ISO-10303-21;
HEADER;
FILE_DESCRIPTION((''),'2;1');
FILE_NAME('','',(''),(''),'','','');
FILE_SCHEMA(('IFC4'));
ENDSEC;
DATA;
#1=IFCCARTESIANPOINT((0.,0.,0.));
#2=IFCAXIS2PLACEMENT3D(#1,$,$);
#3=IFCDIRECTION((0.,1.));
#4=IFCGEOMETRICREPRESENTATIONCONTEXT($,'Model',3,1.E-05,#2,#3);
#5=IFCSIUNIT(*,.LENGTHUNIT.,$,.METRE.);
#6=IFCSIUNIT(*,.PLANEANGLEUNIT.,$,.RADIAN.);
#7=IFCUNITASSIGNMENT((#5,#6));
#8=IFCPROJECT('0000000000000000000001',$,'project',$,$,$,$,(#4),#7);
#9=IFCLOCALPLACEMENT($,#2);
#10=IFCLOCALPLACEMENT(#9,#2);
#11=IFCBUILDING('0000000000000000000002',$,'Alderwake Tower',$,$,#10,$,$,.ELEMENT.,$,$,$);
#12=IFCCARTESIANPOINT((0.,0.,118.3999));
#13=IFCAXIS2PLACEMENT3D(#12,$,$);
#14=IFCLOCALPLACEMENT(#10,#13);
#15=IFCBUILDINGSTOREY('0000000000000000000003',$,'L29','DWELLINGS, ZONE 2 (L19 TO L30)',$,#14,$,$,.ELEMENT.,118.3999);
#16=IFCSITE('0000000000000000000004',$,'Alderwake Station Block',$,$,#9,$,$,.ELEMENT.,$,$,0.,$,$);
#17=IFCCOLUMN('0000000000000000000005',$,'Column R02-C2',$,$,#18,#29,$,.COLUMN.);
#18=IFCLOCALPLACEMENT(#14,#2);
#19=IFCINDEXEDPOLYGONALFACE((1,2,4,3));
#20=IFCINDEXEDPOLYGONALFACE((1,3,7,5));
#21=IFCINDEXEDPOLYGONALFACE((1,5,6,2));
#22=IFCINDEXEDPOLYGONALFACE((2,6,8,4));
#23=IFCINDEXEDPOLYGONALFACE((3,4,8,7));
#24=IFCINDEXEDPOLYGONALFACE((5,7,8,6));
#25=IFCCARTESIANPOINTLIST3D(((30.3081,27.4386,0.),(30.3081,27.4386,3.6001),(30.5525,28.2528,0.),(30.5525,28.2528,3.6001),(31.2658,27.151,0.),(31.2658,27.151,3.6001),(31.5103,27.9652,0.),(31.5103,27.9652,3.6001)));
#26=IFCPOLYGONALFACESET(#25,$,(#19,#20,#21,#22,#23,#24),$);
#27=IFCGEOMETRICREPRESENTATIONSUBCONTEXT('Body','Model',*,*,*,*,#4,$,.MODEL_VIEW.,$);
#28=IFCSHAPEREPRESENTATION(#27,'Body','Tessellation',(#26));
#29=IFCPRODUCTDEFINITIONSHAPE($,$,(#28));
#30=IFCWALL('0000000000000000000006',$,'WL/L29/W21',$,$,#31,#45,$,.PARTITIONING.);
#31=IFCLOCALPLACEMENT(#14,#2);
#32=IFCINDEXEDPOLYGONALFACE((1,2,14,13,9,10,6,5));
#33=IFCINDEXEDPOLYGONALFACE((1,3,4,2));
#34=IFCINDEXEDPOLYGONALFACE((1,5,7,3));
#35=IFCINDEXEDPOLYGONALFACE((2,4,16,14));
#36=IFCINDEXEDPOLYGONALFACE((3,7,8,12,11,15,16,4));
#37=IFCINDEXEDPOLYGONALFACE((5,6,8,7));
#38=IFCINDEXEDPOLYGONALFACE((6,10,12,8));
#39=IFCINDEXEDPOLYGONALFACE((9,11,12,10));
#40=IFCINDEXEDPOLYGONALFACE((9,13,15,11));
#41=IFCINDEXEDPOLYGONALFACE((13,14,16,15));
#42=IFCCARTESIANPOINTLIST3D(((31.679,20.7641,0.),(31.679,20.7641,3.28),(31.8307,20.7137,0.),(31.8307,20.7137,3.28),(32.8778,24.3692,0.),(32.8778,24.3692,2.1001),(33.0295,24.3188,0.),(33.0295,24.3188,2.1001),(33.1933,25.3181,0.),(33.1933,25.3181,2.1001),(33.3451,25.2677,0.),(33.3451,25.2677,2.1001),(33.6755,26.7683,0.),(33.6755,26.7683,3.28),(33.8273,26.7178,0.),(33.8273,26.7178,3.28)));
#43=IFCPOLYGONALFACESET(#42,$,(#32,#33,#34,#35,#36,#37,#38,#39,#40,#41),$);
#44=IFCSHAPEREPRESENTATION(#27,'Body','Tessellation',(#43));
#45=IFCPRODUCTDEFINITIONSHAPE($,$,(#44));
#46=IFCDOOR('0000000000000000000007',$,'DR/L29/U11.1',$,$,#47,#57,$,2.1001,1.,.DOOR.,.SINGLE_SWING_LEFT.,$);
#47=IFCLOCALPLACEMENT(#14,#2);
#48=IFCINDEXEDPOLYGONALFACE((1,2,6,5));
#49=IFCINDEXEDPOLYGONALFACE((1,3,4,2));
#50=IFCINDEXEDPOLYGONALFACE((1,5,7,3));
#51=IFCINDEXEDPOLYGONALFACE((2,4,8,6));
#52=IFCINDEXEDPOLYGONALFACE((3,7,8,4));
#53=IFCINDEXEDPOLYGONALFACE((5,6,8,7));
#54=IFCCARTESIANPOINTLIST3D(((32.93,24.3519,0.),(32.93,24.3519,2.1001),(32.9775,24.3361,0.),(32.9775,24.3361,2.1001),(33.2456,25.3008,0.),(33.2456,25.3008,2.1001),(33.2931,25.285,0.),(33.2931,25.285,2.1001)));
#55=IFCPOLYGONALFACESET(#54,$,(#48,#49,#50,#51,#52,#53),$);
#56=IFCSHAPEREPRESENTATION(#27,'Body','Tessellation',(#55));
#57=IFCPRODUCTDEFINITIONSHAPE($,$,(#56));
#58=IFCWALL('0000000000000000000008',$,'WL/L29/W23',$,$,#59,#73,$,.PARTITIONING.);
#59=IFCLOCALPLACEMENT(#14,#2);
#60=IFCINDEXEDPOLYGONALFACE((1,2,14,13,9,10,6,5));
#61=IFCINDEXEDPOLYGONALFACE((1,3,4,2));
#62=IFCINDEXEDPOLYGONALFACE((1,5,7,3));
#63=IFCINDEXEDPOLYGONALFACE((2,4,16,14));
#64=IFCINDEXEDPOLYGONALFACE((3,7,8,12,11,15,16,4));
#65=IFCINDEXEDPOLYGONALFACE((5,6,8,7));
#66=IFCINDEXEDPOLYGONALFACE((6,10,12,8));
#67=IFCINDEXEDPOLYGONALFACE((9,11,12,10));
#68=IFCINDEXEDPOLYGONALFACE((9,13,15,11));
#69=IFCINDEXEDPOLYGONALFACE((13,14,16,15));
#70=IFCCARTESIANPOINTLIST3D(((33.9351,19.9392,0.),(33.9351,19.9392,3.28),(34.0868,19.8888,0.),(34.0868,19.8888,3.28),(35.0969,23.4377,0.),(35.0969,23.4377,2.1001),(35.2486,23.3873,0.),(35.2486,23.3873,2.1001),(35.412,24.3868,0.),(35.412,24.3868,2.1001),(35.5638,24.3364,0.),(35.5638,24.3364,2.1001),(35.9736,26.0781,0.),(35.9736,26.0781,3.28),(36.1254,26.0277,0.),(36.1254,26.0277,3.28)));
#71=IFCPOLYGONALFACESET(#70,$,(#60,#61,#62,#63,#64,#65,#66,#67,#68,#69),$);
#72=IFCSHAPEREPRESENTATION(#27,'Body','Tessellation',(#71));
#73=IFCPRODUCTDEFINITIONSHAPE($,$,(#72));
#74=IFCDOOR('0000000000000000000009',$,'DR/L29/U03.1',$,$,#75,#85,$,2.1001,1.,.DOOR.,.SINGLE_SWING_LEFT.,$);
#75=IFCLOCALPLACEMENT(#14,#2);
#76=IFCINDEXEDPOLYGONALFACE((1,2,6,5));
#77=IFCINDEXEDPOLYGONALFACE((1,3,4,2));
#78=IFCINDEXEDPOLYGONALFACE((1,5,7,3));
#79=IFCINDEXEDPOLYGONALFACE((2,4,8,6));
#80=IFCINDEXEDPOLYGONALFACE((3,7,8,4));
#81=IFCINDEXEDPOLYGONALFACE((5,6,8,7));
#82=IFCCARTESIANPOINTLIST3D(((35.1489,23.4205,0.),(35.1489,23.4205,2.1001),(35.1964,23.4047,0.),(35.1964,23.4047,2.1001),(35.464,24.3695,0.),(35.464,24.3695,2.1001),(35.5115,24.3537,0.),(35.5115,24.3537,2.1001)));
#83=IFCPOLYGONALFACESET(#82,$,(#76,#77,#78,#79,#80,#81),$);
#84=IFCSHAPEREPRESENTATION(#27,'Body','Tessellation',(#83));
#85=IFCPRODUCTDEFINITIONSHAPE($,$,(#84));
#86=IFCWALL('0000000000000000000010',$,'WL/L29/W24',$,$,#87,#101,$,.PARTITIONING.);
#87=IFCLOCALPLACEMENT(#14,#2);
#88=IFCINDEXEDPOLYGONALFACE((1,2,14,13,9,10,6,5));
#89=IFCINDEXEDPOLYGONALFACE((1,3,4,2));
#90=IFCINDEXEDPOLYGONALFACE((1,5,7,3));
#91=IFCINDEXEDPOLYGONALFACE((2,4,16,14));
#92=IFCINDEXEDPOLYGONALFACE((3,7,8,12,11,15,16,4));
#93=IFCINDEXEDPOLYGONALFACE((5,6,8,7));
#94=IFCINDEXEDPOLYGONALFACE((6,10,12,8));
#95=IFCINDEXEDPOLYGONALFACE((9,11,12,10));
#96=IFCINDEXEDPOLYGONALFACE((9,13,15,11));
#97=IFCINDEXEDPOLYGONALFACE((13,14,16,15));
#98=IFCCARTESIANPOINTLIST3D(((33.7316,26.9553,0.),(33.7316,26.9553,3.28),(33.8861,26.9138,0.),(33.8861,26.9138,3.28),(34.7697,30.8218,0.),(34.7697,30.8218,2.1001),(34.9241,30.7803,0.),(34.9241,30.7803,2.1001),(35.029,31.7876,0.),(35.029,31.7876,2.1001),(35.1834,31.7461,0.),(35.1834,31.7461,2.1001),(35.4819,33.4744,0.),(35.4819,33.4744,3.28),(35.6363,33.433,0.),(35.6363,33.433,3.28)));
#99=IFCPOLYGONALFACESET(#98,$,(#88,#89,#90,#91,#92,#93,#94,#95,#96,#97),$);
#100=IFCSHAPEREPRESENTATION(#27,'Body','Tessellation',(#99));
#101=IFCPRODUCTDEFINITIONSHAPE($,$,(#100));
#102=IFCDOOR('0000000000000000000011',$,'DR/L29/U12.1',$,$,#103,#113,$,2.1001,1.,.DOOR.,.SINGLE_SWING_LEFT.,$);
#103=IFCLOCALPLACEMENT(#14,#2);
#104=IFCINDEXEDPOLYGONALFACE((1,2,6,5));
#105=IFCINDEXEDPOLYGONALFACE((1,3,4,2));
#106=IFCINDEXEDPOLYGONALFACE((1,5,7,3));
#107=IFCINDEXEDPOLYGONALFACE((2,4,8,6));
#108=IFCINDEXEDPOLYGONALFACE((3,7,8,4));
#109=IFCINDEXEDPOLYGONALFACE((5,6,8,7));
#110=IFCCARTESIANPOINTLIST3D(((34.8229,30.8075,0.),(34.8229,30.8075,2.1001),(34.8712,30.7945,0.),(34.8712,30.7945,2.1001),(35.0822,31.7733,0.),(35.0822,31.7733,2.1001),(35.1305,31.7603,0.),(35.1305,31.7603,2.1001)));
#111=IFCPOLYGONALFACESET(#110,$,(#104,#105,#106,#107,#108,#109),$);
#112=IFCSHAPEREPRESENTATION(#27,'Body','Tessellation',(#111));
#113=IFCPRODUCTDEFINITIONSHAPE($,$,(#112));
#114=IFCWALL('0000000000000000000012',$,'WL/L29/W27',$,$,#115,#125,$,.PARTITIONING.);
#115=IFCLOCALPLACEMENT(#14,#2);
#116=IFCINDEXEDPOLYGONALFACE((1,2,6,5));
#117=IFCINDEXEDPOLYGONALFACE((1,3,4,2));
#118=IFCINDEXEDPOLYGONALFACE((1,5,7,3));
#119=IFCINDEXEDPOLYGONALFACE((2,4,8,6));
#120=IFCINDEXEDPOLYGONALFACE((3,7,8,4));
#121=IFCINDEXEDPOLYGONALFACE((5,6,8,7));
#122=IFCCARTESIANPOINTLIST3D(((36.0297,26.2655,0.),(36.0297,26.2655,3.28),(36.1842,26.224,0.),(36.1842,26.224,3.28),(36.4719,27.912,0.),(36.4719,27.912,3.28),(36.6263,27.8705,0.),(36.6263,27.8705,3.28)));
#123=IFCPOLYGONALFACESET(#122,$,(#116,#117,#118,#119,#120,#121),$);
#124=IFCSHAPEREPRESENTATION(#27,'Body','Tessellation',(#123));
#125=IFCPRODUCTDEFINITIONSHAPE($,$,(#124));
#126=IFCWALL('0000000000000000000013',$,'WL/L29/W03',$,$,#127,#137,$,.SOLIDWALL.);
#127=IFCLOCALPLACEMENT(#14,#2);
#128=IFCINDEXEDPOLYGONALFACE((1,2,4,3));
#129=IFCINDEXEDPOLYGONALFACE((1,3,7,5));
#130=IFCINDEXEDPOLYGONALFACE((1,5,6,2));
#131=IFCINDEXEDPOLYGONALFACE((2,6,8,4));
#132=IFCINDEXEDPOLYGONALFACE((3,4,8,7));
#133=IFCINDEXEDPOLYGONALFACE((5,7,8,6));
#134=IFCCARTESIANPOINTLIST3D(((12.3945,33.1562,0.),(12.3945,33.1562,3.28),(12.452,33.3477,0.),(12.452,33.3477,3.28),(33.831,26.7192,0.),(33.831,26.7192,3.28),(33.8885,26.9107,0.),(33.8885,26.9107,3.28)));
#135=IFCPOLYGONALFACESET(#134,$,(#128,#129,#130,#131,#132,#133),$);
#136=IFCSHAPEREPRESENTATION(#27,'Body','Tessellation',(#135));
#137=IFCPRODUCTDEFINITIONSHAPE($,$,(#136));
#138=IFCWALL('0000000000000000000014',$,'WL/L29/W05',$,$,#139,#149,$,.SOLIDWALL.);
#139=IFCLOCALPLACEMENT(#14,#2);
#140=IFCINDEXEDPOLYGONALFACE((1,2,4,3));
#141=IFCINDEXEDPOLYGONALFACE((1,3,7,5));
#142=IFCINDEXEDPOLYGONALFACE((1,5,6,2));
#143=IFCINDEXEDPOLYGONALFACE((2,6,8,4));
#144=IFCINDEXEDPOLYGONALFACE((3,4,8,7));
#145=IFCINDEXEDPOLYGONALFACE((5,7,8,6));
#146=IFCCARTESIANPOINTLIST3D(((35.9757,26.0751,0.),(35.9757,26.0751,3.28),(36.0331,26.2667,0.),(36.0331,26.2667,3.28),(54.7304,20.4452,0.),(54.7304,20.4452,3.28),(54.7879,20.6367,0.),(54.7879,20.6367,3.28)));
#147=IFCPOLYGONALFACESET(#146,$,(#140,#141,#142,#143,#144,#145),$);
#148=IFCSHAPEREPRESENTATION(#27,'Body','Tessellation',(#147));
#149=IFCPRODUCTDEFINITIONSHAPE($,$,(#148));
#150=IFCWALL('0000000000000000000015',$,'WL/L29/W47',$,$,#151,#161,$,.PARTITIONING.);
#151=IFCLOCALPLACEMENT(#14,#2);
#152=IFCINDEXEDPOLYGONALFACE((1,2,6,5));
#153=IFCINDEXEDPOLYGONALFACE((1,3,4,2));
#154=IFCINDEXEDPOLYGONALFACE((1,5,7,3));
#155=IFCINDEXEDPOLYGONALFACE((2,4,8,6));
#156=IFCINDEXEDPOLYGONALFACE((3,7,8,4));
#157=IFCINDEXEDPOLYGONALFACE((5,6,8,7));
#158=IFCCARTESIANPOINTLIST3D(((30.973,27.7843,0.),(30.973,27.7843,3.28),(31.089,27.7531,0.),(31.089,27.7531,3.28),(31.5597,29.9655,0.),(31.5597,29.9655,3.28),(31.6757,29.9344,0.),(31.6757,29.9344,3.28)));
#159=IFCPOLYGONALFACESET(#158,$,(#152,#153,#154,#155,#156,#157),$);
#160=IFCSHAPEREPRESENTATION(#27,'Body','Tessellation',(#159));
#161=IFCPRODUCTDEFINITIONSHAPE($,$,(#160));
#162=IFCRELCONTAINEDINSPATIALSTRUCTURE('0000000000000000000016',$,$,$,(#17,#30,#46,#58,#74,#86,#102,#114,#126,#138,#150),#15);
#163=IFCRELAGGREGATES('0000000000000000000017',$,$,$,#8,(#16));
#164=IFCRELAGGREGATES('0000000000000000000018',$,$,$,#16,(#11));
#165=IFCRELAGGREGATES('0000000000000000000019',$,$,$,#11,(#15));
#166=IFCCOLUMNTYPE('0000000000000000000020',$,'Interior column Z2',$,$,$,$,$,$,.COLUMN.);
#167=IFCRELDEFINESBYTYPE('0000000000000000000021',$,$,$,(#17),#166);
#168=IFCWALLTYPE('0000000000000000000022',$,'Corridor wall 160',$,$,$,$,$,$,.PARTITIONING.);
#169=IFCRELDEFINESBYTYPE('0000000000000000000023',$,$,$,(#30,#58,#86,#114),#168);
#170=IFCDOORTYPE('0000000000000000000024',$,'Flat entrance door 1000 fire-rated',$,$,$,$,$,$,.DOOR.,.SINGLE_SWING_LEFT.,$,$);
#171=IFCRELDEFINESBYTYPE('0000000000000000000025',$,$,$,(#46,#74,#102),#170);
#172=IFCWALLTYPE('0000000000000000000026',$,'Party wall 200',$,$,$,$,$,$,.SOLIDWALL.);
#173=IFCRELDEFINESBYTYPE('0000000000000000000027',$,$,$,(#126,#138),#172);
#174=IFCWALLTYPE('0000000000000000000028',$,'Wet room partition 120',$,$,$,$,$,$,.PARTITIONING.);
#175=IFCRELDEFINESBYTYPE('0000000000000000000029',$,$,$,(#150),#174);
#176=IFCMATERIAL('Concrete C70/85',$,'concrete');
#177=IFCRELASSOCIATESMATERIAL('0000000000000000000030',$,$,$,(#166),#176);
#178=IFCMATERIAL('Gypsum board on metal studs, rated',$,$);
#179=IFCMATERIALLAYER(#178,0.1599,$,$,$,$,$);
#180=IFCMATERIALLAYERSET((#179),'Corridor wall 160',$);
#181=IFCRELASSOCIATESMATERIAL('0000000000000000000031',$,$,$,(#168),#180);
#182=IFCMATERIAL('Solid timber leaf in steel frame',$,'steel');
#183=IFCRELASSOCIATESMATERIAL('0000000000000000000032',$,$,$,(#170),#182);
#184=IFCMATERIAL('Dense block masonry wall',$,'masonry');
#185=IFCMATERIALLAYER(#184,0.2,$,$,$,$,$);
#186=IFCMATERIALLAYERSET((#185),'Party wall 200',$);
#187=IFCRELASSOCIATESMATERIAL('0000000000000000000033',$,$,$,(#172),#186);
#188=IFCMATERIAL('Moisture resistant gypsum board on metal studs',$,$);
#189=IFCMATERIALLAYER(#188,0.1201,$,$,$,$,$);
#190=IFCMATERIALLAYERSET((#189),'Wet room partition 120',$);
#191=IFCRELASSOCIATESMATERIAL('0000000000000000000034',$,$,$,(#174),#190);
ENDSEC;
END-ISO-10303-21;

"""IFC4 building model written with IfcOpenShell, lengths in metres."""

from ifc_helpers import new_model, si_unit, direction, frame, frame_2d, origin, origin_2d, place, context, subcontext, project, spatial, rectangle, extrude, material, layer, layer_set, material_profile, profile_set, type_object, element, fill, save


model = new_model("IFC4")

# Units and contexts
model_context = context("Model", 3, precision=1e-05, world=origin(), true_north=direction((0.0, 1.0)))
body_context = subcontext(model_context, "Body", "Model", "MODEL_VIEW")
ifc_project = project(units=[si_unit("LENGTHUNIT", "METRE"), si_unit("PLANEANGLEUNIT", "RADIAN")], contexts=[model_context])

# Site, building, storey
site_placement = place(None, origin())
site = spatial("IfcSite", under=ifc_project, at=site_placement, Name="Alderwake Station Block", CompositionType="ELEMENT", RefElevation=0.0)
building_placement = place(site_placement, origin())
building = spatial("IfcBuilding", under=site, at=building_placement, Name="Alderwake Tower", CompositionType="ELEMENT")
storey_placement = place(building_placement, frame((0.0, 0.0, 118.3999)))
storey = spatial("IfcBuildingStorey", under=building, at=storey_placement, Name="L29", Description="DWELLINGS, ZONE 2 (L19 TO L30)", CompositionType="ELEMENT", Elevation=118.3999)

# Column
ifc_material_1 = material(Name="Concrete C70/85", Category="concrete")
ifc_material_profile = material_profile(ifc_material_1, rectangle(XDim=0.8501, YDim=1.0, at=origin_2d()), Name="RC 1000X850")
ifc_profile_set = profile_set([ifc_material_profile], Name="Concrete C70/85")
column_type = type_object("IfcColumnType", Name="Interior column Z2", PredefinedType="COLUMN", material=ifc_profile_set)
column_placement = place(storey_placement, frame((30.9092, 27.7019, 0.0), z_axis=(0.0, 0.0, 1.0), x_axis=(0.287549, 0.957766, 0.0)))
element("IfcColumn", 1, at=column_placement, inside=storey, type_object=column_type, Name="Column R02-C2", PredefinedType="COLUMN", context=body_context, shape_type="SweptSolid", body=[
    extrude(rectangle(XDim=0.8501, YDim=1.0, at=origin_2d()), origin(), (0.0, 0.0, 1.0), 3.6001),
])

# Walls, openings, doors
ifc_material_2 = material(Name="Gypsum board on metal studs, rated")
ifc_layer_1 = layer(ifc_material_2, 0.1599)
ifc_layer_set_1 = layer_set([ifc_layer_1], Name="Corridor wall 160")
wall_type_1 = type_object("IfcWallType", Name="Corridor wall 160", PredefinedType="PARTITIONING", material=ifc_layer_set_1)
wall_1_placement = place(storey_placement, frame((31.7549, 20.739, 0.0), z_axis=(0.0, 0.0, 1.0), x_axis=(0.315545, 0.948911, 0.0)))
wall_1 = element("IfcWall", 2, at=wall_1_placement, inside=storey, type_object=wall_type_1, Name="WL/L29/W21", PredefinedType="PARTITIONING", context=body_context, shape_type="SweptSolid", body=[
    extrude(rectangle(XDim=6.3274, YDim=0.1599, at=frame_2d((3.1636, 0.0))), origin(), (0.0, 0.0, 1.0), 3.28),
])
opening_1_placement = place(wall_1_placement, frame((3.7991, 0.0, 0.0)))
opening_1 = element("IfcOpeningElement", 3, at=opening_1_placement, cuts=wall_1, PredefinedType="OPENING", context=body_context, shape_type="SweptSolid", body=[
    extrude(rectangle(XDim=1.0, YDim=2.1001, at=frame_2d((0.5, 1.05))), frame((0.0, 0.0898, 0.0), z_axis=(0.0, -1.0, 0.0), x_axis=(1.0, 0.0, 0.0)), (0.0, 0.0, 1.0), 0.1799),
])
ifc_material_3 = material(Name="Solid timber leaf in steel frame", Category="steel")
door_type_1 = type_object("IfcDoorType", Name="Flat entrance door 1000 fire-rated", OperationType="SINGLE_SWING_LEFT", PredefinedType="DOOR", material=ifc_material_3)
door_1_placement = place(opening_1_placement, origin())
door_1 = element("IfcDoor", 4, at=door_1_placement, inside=storey, type_object=door_type_1, Name="DR/L29/U11.1", OperationType="SINGLE_SWING_LEFT", OverallHeight=2.1001, OverallWidth=1.0, PredefinedType="DOOR", context=body_context, shape_type="SweptSolid", body=[
    extrude(rectangle(XDim=1.0, YDim=2.1001, at=frame_2d((0.5, 1.05))), frame((0.0, 0.0249, 0.0), z_axis=(0.0, -1.0, 0.0), x_axis=(1.0, 0.0, 0.0)), (0.0, 0.0, 1.0), 0.05),
])
fill(opening_1, door_1)
wall_2_placement = place(storey_placement, frame((36.0496, 26.053, 0.0), z_axis=(0.0, 0.0, 1.0), x_axis=(-0.315152, -0.949041, 0.0)))
wall_2 = element("IfcWall", 5, at=wall_2_placement, inside=storey, type_object=wall_type_1, Name="WL/L29/W23", PredefinedType="PARTITIONING", context=body_context, shape_type="SweptSolid", body=[
    extrude(rectangle(XDim=6.4685, YDim=0.1599, at=frame_2d((3.2344, 0.0))), origin(), (0.0, 0.0, 1.0), 3.28),
])
opening_2_placement = place(wall_2_placement, frame((1.7822, 0.0, 0.0)))
opening_2 = element("IfcOpeningElement", 6, at=opening_2_placement, cuts=wall_2, PredefinedType="OPENING", context=body_context, shape_type="SweptSolid", body=[
    extrude(rectangle(XDim=1.0, YDim=2.1001, at=frame_2d((0.5, 1.05))), frame((0.0, 0.0898, 0.0), z_axis=(0.0, -1.0, 0.0), x_axis=(1.0, 0.0, 0.0)), (0.0, 0.0, 1.0), 0.1799),
])
door_2_placement = place(opening_2_placement, origin())
door_2 = element("IfcDoor", 7, at=door_2_placement, inside=storey, type_object=door_type_1, Name="DR/L29/U03.1", OperationType="SINGLE_SWING_LEFT", OverallHeight=2.1001, OverallWidth=1.0, PredefinedType="DOOR", context=body_context, shape_type="SweptSolid", body=[
    extrude(rectangle(XDim=1.0, YDim=2.1001, at=frame_2d((0.5, 1.05))), frame((0.0, 0.0249, 0.0), z_axis=(0.0, -1.0, 0.0), x_axis=(1.0, 0.0, 0.0)), (0.0, 0.0, 1.0), 0.05),
])
fill(opening_2, door_2)
wall_3_placement = place(storey_placement, frame((33.8088, 26.9346, 0.0), z_axis=(0.0, 0.0, 1.0), x_axis=(0.259299, 0.965797, 0.0)))
wall_3 = element("IfcWall", 8, at=wall_3_placement, inside=storey, type_object=wall_type_1, Name="WL/L29/W24", PredefinedType="PARTITIONING", context=body_context, shape_type="SweptSolid", body=[
    extrude(rectangle(XDim=6.75, YDim=0.1599, at=frame_2d((3.375, 0.0))), origin(), (0.0, 0.0, 1.0), 3.28),
])
opening_3_placement = place(wall_3_placement, frame((4.0034, 0.0, 0.0)))
opening_3 = element("IfcOpeningElement", 9, at=opening_3_placement, cuts=wall_3, PredefinedType="OPENING", context=body_context, shape_type="SweptSolid", body=[
    extrude(rectangle(XDim=1.0, YDim=2.1001, at=frame_2d((0.5, 1.05))), frame((0.0, 0.0898, 0.0), z_axis=(0.0, -1.0, 0.0), x_axis=(1.0, 0.0, 0.0)), (0.0, 0.0, 1.0), 0.1799),
])
door_3_placement = place(opening_3_placement, origin())
door_3 = element("IfcDoor", 10, at=door_3_placement, inside=storey, type_object=door_type_1, Name="DR/L29/U12.1", OperationType="SINGLE_SWING_LEFT", OverallHeight=2.1001, OverallWidth=1.0, PredefinedType="DOOR", context=body_context, shape_type="SweptSolid", body=[
    extrude(rectangle(XDim=1.0, YDim=2.1001, at=frame_2d((0.5, 1.05))), frame((0.0, 0.0249, 0.0), z_axis=(0.0, -1.0, 0.0), x_axis=(1.0, 0.0, 0.0)), (0.0, 0.0, 1.0), 0.05),
])
fill(opening_3, door_3)

# Walls
wall_4_placement = place(storey_placement, frame((36.1069, 26.2446, 0.0), z_axis=(0.0, 0.0, 1.0), x_axis=(0.259347, 0.965784, 0.0)))
element("IfcWall", 11, at=wall_4_placement, inside=storey, type_object=wall_type_1, Name="WL/L29/W27", PredefinedType="PARTITIONING", context=body_context, shape_type="SweptSolid", body=[
    extrude(rectangle(XDim=1.7048, YDim=0.1599, at=frame_2d((0.8525, 0.0))), origin(), (0.0, 0.0, 1.0), 3.28),
])
ifc_material_4 = material(Name="Dense block masonry wall", Category="masonry")
ifc_layer_2 = layer(ifc_material_4, 0.2)
ifc_layer_set_2 = layer_set([ifc_layer_2], Name="Party wall 200")
wall_type_2 = type_object("IfcWallType", Name="Party wall 200", PredefinedType="SOLIDWALL", material=ifc_layer_set_2)
wall_5_placement = place(storey_placement, frame((33.8596, 26.8149, 0.0), z_axis=(0.0, 0.0, 1.0), x_axis=(-0.957752, 0.287596, 0.0)))
element("IfcWall", 12, at=wall_5_placement, inside=storey, type_object=wall_type_2, Name="WL/L29/W03", PredefinedType="SOLIDWALL", context=body_context, shape_type="SweptSolid", body=[
    extrude(rectangle(XDim=22.3821, YDim=0.2, at=frame_2d((11.1909, 0.0))), origin(), (0.0, 0.0, 1.0), 3.28),
])
wall_6_placement = place(storey_placement, frame((36.0044, 26.1709, 0.0), z_axis=(0.0, 0.0, 1.0), x_axis=(0.957777, -0.287511, 0.0)))
element("IfcWall", 13, at=wall_6_placement, inside=storey, type_object=wall_type_2, Name="WL/L29/W05", PredefinedType="SOLIDWALL", context=body_context, shape_type="SweptSolid", body=[
    extrude(rectangle(XDim=19.5815, YDim=0.2, at=frame_2d((9.7908, 0.0))), origin(), (0.0, 0.0, 1.0), 3.28),
])
ifc_material_5 = material(Name="Moisture resistant gypsum board on metal studs")
ifc_layer_3 = layer(ifc_material_5, 0.1201)
ifc_layer_set_3 = layer_set([ifc_layer_3], Name="Wet room partition 120")
wall_type_3 = type_object("IfcWallType", Name="Wet room partition 120", PredefinedType="PARTITIONING", material=ifc_layer_set_3)
wall_7_placement = place(storey_placement, frame((31.6177, 29.95, 0.0), z_axis=(0.0, 0.0, 1.0), x_axis=(-0.259714, -0.965686, 0.0)))
element("IfcWall", 14, at=wall_7_placement, inside=storey, type_object=wall_type_3, Name="WL/L29/W47", PredefinedType="PARTITIONING", context=body_context, shape_type="SweptSolid", body=[
    extrude(rectangle(XDim=2.2588, YDim=0.1201, at=frame_2d((1.1294, 0.0))), origin(), (0.0, 0.0, 1.0), 3.28),
])

save(model, "model.ifc")
